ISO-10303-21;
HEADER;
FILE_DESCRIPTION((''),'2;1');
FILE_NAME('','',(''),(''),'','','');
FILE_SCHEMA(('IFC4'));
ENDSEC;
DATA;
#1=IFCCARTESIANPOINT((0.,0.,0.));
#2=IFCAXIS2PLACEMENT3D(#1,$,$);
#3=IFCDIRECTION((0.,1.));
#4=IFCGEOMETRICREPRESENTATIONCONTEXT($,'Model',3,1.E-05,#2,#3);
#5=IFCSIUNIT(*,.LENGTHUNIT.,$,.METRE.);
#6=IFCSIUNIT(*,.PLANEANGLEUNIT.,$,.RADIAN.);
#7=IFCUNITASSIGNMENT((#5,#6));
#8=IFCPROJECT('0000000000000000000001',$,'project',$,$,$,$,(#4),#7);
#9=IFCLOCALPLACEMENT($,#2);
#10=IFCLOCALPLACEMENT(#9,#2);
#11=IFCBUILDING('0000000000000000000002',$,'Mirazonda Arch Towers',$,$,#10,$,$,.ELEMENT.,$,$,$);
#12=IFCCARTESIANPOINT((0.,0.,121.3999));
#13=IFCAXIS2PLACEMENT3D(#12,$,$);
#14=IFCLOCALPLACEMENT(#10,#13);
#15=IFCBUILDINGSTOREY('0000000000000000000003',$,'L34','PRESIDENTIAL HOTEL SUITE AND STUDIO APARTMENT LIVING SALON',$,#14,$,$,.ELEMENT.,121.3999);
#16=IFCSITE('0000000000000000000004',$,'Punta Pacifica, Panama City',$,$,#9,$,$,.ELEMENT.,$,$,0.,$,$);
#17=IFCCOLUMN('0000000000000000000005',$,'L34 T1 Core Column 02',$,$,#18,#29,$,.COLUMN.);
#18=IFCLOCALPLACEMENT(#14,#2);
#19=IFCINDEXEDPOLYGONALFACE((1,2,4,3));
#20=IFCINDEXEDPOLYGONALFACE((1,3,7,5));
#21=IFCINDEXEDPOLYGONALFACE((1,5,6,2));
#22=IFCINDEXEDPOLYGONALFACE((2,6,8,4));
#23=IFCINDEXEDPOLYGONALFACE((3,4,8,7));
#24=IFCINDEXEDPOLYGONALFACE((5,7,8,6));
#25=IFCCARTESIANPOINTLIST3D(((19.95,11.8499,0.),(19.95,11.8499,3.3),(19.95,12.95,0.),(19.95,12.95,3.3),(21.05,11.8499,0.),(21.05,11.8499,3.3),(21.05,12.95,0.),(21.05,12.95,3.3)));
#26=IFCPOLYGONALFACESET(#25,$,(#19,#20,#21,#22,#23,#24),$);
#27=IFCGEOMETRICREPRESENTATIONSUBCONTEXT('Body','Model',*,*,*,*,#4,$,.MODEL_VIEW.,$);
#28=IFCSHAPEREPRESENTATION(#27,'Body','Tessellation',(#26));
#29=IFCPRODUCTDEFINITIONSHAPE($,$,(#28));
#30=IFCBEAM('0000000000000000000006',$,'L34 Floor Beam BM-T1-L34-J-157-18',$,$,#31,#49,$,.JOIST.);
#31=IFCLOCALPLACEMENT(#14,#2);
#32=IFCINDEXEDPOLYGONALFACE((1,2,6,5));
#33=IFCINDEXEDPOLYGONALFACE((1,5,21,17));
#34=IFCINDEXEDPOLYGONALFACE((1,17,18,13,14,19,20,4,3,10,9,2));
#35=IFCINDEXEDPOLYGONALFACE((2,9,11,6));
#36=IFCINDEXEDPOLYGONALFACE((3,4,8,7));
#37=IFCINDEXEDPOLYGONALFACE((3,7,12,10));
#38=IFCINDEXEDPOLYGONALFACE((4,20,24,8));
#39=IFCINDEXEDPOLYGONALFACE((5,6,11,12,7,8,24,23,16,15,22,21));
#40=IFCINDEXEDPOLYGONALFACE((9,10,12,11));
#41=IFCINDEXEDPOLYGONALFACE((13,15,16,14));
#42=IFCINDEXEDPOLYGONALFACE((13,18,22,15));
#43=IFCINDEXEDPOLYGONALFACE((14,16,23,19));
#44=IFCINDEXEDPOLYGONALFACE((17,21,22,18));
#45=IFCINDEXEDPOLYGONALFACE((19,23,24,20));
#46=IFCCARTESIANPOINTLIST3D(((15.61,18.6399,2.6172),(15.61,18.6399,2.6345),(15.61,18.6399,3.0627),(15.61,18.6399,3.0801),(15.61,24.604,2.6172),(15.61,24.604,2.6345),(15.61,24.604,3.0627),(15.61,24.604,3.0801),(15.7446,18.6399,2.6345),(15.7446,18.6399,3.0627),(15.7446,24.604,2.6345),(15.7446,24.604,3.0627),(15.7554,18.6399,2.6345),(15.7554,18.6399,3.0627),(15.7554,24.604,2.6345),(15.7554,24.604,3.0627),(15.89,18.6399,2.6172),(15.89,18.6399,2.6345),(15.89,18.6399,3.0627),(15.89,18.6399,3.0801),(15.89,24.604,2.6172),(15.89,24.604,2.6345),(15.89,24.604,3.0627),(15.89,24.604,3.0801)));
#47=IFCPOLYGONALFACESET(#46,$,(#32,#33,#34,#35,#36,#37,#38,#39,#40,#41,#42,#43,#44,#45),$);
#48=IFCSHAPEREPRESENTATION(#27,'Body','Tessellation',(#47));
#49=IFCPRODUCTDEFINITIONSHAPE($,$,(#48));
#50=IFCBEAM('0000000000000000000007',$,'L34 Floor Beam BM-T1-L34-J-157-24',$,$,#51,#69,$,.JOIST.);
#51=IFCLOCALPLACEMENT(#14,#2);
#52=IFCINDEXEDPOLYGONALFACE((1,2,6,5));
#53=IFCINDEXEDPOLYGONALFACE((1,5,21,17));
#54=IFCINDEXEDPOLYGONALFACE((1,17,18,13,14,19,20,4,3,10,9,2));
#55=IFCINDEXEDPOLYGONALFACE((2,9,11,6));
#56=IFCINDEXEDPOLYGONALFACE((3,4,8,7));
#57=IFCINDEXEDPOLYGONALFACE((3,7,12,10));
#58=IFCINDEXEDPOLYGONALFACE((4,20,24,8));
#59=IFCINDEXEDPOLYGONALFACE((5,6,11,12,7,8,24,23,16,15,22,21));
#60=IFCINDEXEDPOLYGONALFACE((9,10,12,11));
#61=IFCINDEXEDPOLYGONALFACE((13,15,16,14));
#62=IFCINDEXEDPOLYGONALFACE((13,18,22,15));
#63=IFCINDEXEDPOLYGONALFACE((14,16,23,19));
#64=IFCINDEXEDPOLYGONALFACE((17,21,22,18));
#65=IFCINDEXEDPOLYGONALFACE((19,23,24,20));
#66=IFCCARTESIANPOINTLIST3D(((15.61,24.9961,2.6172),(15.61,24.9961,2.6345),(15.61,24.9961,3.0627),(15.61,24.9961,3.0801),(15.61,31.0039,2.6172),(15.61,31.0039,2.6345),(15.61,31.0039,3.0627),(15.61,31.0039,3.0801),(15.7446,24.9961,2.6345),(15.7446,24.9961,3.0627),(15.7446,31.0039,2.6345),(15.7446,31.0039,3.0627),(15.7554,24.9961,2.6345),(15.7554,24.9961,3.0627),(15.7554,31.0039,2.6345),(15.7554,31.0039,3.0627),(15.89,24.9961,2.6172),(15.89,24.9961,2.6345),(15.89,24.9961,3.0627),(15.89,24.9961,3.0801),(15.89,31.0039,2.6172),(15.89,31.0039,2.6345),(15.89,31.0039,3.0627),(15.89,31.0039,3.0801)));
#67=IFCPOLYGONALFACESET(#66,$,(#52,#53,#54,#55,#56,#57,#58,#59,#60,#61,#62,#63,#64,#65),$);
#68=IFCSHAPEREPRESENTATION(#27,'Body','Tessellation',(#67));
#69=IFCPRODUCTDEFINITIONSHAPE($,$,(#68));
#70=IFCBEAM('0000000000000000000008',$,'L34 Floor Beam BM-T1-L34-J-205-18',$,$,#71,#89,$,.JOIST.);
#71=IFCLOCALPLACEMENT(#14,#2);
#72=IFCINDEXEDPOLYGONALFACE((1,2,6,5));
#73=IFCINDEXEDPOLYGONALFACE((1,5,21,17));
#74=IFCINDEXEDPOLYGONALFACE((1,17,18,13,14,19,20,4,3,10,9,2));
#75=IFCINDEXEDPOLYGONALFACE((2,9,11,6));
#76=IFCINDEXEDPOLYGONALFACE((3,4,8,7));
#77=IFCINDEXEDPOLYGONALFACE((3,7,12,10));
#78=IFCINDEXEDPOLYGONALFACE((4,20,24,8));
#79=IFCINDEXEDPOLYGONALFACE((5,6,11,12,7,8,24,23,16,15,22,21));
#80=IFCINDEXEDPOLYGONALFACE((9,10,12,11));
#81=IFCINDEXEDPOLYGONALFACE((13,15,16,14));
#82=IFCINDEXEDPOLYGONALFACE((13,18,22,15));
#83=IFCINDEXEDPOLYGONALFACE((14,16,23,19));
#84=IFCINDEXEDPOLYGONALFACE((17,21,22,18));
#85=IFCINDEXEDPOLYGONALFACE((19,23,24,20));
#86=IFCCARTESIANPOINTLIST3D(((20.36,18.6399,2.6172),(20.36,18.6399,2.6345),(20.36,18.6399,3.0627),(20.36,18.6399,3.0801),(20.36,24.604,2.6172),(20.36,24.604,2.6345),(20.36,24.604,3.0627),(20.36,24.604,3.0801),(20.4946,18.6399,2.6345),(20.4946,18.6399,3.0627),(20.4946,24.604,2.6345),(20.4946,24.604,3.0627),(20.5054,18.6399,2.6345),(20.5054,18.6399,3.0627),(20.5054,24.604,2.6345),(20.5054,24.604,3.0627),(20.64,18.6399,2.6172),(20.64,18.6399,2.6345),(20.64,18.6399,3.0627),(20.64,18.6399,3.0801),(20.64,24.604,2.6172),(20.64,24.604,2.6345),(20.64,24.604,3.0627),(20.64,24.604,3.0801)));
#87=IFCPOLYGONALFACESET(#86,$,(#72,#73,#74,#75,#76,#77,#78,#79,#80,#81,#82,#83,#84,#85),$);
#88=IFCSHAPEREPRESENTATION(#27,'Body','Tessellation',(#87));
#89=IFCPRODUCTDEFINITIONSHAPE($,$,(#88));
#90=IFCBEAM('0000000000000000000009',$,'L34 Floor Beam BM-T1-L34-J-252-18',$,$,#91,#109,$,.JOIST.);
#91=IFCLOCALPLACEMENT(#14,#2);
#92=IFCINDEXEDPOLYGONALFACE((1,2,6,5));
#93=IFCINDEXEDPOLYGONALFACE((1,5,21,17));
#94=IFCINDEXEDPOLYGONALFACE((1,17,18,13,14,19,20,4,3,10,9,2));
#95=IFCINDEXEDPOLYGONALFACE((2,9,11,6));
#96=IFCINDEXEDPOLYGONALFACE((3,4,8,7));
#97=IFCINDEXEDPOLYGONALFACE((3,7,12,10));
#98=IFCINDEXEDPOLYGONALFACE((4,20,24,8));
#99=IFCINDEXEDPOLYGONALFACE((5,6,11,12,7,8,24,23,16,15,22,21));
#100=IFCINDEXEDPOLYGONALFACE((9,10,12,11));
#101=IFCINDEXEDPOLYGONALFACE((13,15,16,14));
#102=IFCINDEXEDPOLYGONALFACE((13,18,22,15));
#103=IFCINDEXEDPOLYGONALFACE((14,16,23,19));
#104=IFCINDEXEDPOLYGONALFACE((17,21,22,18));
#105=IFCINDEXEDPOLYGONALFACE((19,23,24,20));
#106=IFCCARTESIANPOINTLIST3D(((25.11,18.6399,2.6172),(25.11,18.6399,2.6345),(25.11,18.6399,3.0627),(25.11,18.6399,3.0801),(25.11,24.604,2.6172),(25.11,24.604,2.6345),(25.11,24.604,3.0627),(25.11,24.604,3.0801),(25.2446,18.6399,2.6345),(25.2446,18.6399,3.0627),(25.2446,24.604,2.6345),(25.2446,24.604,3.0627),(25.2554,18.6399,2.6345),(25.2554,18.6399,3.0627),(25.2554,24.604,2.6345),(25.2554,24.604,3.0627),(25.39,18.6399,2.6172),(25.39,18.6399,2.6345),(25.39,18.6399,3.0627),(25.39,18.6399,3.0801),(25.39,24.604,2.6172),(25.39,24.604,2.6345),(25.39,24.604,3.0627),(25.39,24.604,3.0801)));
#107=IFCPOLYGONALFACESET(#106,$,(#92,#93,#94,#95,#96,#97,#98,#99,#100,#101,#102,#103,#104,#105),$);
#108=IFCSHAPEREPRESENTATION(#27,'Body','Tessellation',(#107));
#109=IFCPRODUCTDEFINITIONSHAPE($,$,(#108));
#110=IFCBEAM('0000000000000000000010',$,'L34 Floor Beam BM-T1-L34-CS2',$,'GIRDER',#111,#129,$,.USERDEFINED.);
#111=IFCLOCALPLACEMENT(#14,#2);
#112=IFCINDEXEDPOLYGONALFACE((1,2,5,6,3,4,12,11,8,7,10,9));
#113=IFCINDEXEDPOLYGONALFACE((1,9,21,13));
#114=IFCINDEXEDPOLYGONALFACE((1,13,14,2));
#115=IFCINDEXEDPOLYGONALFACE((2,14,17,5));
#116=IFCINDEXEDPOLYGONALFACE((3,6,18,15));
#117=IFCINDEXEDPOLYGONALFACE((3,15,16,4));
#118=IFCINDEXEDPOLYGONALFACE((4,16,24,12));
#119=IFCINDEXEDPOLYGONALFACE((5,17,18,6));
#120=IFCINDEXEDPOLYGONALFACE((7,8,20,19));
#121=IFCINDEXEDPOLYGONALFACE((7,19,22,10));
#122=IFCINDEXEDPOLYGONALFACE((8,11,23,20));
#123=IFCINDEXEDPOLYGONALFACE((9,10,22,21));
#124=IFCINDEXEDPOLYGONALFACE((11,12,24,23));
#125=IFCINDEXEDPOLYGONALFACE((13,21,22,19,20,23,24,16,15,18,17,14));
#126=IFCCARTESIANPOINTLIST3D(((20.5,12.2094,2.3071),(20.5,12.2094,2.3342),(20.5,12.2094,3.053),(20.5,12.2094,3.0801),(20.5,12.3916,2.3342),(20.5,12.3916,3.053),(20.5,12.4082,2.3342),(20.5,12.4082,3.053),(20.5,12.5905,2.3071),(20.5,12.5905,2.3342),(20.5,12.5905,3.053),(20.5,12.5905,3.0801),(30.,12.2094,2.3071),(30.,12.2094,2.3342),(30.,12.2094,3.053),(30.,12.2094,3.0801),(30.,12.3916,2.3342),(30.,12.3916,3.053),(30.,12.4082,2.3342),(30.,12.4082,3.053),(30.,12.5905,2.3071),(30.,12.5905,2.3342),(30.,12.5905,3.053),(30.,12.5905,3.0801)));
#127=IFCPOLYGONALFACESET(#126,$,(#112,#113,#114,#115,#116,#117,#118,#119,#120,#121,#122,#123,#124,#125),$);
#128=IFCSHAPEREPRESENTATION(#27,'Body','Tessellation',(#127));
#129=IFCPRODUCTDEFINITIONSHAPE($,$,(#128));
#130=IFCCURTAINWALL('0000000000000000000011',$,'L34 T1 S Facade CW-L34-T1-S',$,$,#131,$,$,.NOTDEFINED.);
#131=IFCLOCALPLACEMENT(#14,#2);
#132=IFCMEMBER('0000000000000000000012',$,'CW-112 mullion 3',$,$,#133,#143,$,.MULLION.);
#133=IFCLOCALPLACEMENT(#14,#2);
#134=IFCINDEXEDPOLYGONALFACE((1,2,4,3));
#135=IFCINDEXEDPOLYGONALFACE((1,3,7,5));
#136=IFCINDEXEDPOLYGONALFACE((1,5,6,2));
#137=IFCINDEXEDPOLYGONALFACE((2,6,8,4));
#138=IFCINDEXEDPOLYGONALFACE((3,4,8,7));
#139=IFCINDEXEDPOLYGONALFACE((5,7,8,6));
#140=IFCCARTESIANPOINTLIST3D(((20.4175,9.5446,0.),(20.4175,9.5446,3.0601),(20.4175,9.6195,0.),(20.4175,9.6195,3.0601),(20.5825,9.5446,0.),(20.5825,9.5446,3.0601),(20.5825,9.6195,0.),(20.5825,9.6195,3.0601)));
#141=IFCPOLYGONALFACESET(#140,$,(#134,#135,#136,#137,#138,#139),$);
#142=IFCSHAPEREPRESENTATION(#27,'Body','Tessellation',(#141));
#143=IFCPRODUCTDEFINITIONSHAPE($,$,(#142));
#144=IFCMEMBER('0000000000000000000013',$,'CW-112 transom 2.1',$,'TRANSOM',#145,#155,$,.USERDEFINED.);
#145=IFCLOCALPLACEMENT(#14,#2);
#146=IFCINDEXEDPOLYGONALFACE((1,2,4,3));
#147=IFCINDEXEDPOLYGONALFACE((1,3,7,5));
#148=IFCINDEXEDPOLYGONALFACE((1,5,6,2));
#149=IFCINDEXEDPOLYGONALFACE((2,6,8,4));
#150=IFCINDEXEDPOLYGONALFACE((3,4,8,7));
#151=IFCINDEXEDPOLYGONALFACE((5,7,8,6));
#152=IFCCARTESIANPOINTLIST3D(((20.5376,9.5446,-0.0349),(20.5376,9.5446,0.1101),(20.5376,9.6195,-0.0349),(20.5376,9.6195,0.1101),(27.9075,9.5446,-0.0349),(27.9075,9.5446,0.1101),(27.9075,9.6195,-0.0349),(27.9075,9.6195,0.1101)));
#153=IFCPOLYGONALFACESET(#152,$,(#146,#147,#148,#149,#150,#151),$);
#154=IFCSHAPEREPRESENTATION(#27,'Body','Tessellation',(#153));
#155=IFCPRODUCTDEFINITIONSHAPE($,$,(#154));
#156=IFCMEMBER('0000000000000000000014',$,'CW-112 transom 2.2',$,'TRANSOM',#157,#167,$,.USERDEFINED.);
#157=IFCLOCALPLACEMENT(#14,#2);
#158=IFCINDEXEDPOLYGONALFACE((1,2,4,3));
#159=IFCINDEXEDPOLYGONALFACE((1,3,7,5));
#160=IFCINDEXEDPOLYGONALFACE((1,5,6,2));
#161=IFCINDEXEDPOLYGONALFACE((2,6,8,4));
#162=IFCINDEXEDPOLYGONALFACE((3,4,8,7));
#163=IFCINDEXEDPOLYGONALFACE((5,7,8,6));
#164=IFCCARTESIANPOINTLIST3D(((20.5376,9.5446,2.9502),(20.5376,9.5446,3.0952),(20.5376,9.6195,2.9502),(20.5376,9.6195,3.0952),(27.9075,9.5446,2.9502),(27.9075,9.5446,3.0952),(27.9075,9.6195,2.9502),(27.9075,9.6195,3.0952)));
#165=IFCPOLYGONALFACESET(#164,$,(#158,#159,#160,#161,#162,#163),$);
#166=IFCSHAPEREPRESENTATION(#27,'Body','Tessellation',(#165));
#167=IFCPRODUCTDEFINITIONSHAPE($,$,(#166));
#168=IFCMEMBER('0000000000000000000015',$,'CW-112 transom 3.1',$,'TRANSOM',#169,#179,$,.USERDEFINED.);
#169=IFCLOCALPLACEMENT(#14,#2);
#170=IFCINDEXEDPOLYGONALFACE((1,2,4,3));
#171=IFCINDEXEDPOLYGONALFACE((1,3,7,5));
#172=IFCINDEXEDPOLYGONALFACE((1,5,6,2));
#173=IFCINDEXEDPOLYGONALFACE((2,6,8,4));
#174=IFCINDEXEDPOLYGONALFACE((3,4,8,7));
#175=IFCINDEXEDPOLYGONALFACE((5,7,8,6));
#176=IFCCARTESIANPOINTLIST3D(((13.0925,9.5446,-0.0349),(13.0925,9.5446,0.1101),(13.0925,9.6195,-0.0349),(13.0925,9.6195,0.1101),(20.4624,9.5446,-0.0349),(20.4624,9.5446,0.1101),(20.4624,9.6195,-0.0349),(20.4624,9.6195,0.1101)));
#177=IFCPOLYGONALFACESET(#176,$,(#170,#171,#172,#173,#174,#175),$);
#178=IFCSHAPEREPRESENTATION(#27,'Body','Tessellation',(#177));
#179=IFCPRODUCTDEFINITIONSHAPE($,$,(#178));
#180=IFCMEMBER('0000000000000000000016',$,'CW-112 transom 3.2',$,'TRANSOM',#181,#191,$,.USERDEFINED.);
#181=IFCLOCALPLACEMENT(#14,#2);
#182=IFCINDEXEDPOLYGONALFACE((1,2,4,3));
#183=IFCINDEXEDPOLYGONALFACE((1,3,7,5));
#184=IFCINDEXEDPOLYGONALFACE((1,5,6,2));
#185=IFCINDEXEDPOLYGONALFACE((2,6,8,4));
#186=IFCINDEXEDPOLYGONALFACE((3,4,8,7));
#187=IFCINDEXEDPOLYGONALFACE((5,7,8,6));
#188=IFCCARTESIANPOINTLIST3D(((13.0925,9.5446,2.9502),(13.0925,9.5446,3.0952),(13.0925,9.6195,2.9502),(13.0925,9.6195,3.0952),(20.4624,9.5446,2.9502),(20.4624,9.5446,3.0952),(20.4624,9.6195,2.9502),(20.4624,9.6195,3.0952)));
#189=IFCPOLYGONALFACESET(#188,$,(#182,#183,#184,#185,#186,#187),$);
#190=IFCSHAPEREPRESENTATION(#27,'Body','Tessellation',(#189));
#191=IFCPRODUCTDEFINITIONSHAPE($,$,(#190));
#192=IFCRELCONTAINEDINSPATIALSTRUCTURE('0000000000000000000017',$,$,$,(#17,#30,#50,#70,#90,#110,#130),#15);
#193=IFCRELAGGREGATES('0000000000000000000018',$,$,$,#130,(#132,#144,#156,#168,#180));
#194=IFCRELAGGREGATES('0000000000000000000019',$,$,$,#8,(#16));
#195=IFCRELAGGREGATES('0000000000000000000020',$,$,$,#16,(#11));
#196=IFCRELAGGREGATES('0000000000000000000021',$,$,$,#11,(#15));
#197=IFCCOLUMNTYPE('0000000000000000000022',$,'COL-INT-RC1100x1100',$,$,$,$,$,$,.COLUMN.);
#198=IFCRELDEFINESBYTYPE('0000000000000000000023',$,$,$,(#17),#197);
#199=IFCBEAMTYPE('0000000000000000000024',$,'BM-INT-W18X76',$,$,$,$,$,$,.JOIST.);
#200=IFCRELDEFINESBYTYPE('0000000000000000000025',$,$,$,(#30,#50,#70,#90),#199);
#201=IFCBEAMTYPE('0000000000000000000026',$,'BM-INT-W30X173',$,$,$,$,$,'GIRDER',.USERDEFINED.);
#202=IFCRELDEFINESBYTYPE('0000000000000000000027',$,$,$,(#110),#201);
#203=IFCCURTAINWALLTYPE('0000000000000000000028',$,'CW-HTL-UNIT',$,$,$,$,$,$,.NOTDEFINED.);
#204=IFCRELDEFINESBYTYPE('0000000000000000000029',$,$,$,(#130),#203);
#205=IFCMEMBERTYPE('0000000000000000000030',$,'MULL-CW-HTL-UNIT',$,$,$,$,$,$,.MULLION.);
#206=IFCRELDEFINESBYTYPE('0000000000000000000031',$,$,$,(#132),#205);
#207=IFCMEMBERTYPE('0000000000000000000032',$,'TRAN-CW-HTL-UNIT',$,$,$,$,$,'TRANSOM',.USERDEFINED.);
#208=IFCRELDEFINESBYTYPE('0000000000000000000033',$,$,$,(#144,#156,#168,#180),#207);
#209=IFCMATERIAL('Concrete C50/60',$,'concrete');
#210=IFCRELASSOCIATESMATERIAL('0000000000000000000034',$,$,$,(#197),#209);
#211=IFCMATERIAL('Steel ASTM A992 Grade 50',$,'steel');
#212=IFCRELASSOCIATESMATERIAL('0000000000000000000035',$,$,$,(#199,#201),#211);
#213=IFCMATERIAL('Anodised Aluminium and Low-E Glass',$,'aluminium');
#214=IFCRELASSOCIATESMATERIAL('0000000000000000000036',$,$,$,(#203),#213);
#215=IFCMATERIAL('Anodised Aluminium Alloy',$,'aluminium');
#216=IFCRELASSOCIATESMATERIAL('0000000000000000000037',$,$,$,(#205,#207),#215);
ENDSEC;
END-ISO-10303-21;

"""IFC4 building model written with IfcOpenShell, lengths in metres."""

from ifc_helpers import new_model, si_unit, direction, frame, origin, origin_2d, place, context, subcontext, project, spatial, rectangle, i_section, extrude, material, material_profile, profile_set, type_object, element, aggregate, save


model = new_model("IFC4")

# Units and contexts
model_context = context("Model", 3, precision=1e-05, world=origin(), true_north=direction((0.0, 1.0)))
body_context = subcontext(model_context, "Body", "Model", "MODEL_VIEW")
ifc_project = project(units=[si_unit("LENGTHUNIT", "METRE"), si_unit("PLANEANGLEUNIT", "RADIAN")], contexts=[model_context])

# Site, building, storey
site_placement = place(None, origin())
site = spatial("IfcSite", under=ifc_project, at=site_placement, Name="Punta Pacifica, Panama City", CompositionType="ELEMENT", RefElevation=0.0)
building_placement = place(site_placement, origin())
building = spatial("IfcBuilding", under=site, at=building_placement, Name="Mirazonda Arch Towers", CompositionType="ELEMENT")
storey_placement = place(building_placement, frame((0.0, 0.0, 121.3999)))
storey = spatial("IfcBuildingStorey", under=building, at=storey_placement, Name="L34", Description="PRESIDENTIAL HOTEL SUITE AND STUDIO APARTMENT LIVING SALON", CompositionType="ELEMENT", Elevation=121.3999)

# Column
ifc_material_1 = material(Name="Concrete C50/60", Category="concrete")
ifc_material_profile_1 = material_profile(ifc_material_1, rectangle(XDim=1.1001, YDim=1.1001, at=origin_2d()), Name="RC1100x1100")
ifc_profile_set_1 = profile_set([ifc_material_profile_1], Name="Concrete C50/60")
column_type = type_object("IfcColumnType", Name="COL-INT-RC1100x1100", PredefinedType="COLUMN", material=ifc_profile_set_1)
column_placement = place(storey_placement, frame((20.5, 12.3999, 0.0), z_axis=(0.0, 0.0, 1.0), x_axis=(1.0, 0.0, 0.0)))
element("IfcColumn", 1, at=column_placement, inside=storey, type_object=column_type, Name="L34 T1 Core Column 02", PredefinedType="COLUMN", context=body_context, shape_type="SweptSolid", body=[
    extrude(rectangle(XDim=1.1001, YDim=1.1001, at=origin_2d()), origin(), (0.0, 0.0, 1.0), 3.3),
])

# Beams
ifc_material_2 = material(Name="Steel ASTM A992 Grade 50", Category="steel")
ifc_material_profile_2 = material_profile(ifc_material_2, i_section(OverallWidth=0.28, OverallDepth=0.4629, WebThickness=0.0107, FlangeThickness=0.0173, at=origin_2d()), Name="W18X76")
ifc_profile_set_2 = profile_set([ifc_material_profile_2], Name="Steel ASTM A992 Grade 50")
beam_type_1 = type_object("IfcBeamType", Name="BM-INT-W18X76", PredefinedType="JOIST", material=ifc_profile_set_2)
beam_1_placement = place(storey_placement, frame((15.75, 18.6399, 2.8486), z_axis=(0.0, 1.0, 0.0), x_axis=(-1.0, 0.0, 0.0)))
element("IfcBeam", 2, at=beam_1_placement, inside=storey, type_object=beam_type_1, Name="L34 Floor Beam BM-T1-L34-J-157-18", PredefinedType="JOIST", context=body_context, shape_type="SweptSolid", body=[
    extrude(i_section(OverallWidth=0.28, OverallDepth=0.4629, WebThickness=0.0107, FlangeThickness=0.0173, at=origin_2d()), origin(), (0.0, 0.0, 1.0), 5.9641),
])
beam_2_placement = place(storey_placement, frame((15.75, 24.9961, 2.8486), z_axis=(0.0, 1.0, 0.0), x_axis=(-1.0, 0.0, 0.0)))
element("IfcBeam", 3, at=beam_2_placement, inside=storey, type_object=beam_type_1, Name="L34 Floor Beam BM-T1-L34-J-157-24", PredefinedType="JOIST", context=body_context, shape_type="SweptSolid", body=[
    extrude(i_section(OverallWidth=0.28, OverallDepth=0.4629, WebThickness=0.0107, FlangeThickness=0.0173, at=origin_2d()), origin(), (0.0, 0.0, 1.0), 6.0078),
])
for number, where, z_axis, x_axis, name in (
    (4, (20.5, 18.6399, 2.8486), (0.0, 1.0, 0.0), (-1.0, 0.0, 0.0), "L34 Floor Beam BM-T1-L34-J-205-18"),
    (5, (25.25, 18.6399, 2.8486), (0.0, 1.0, 0.0), (-1.0, 0.0, 0.0), "L34 Floor Beam BM-T1-L34-J-252-18"),
):
    element("IfcBeam", number, at=place(storey_placement, frame(where, z_axis=z_axis, x_axis=x_axis)), inside=storey, type_object=beam_type_1, Name=name, PredefinedType="JOIST", context=body_context, shape_type="SweptSolid", body=[
        extrude(i_section(OverallWidth=0.28, OverallDepth=0.4629, WebThickness=0.0107, FlangeThickness=0.0173, at=origin_2d()), origin(), (0.0, 0.0, 1.0), 5.9641),
    ])
ifc_material_profile_3 = material_profile(ifc_material_2, i_section(OverallWidth=0.3811, OverallDepth=0.7729, WebThickness=0.0166, FlangeThickness=0.0271, at=origin_2d()), Name="W30X173")
ifc_profile_set_3 = profile_set([ifc_material_profile_3], Name="Steel ASTM A992 Grade 50")
beam_type_2 = type_object("IfcBeamType", Name="BM-INT-W30X173", ElementType="GIRDER", PredefinedType="USERDEFINED", material=ifc_profile_set_3)
beam_3_placement = place(storey_placement, frame((20.5, 12.3999, 2.6936), z_axis=(1.0, 0.0, 0.0), x_axis=(0.0, 1.0, 0.0)))
element("IfcBeam", 6, at=beam_3_placement, inside=storey, type_object=beam_type_2, Name="L34 Floor Beam BM-T1-L34-CS2", ObjectType="GIRDER", PredefinedType="USERDEFINED", context=body_context, shape_type="SweptSolid", body=[
    extrude(i_section(OverallWidth=0.3811, OverallDepth=0.7729, WebThickness=0.0166, FlangeThickness=0.0271, at=origin_2d()), origin(), (0.0, 0.0, 1.0), 9.5),
])

# Curtain wall, members
ifc_material_3 = material(Name="Anodised Aluminium and Low-E Glass", Category="aluminium")
curtain_wall_type = type_object("IfcCurtainWallType", Name="CW-HTL-UNIT", PredefinedType="NOTDEFINED", material=ifc_material_3)
curtain_wall_placement = place(storey_placement, origin())
curtain_wall = element("IfcCurtainWall", 7, at=curtain_wall_placement, inside=storey, type_object=curtain_wall_type, Name="L34 T1 S Facade CW-L34-T1-S", PredefinedType="NOTDEFINED")
ifc_material_4 = material(Name="Anodised Aluminium Alloy", Category="aluminium")
ifc_material_profile_4 = material_profile(ifc_material_4, rectangle(XDim=0.075, YDim=0.165, at=origin_2d()), Name="ALU-MULL-75x165")
ifc_profile_set_4 = profile_set([ifc_material_profile_4], Name="Anodised Aluminium Alloy")
member_type_1 = type_object("IfcMemberType", Name="MULL-CW-HTL-UNIT", PredefinedType="MULLION", material=ifc_profile_set_4)
member_1_placement = place(storey_placement, frame((20.5, 9.582, 0.0), z_axis=(0.0, 0.0, 1.0), x_axis=(0.0, -1.0, 0.0)))
member_1 = element("IfcMember", 8, at=member_1_placement, type_object=member_type_1, Name="CW-112 mullion 3", PredefinedType="MULLION", context=body_context, shape_type="SweptSolid", body=[
    extrude(rectangle(XDim=0.075, YDim=0.165, at=origin_2d()), origin(), (0.0, 0.0, 1.0), 3.0601),
])
ifc_material_profile_5 = material_profile(ifc_material_4, rectangle(XDim=0.075, YDim=0.145, at=origin_2d()), Name="ALU-TRAN-75x145")
ifc_profile_set_5 = profile_set([ifc_material_profile_5], Name="Anodised Aluminium Alloy")
member_type_2 = type_object("IfcMemberType", Name="TRAN-CW-HTL-UNIT", ElementType="TRANSOM", PredefinedType="USERDEFINED", material=ifc_profile_set_5)
member_2_placement = place(storey_placement, frame((27.9075, 9.582, 0.0376), z_axis=(-1.0, 0.0, 0.0), x_axis=(0.0, -1.0, 0.0)))
member_2 = element("IfcMember", 9, at=member_2_placement, type_object=member_type_2, Name="CW-112 transom 2.1", ObjectType="TRANSOM", PredefinedType="USERDEFINED", context=body_context, shape_type="SweptSolid", body=[
    extrude(rectangle(XDim=0.075, YDim=0.145, at=origin_2d()), origin(), (0.0, 0.0, 1.0), 7.3699),
])
member_3_placement = place(storey_placement, frame((27.9075, 9.582, 3.0227), z_axis=(-1.0, 0.0, 0.0), x_axis=(0.0, -1.0, 0.0)))
member_3 = element("IfcMember", 10, at=member_3_placement, type_object=member_type_2, Name="CW-112 transom 2.2", ObjectType="TRANSOM", PredefinedType="USERDEFINED", context=body_context, shape_type="SweptSolid", body=[
    extrude(rectangle(XDim=0.075, YDim=0.145, at=origin_2d()), origin(), (0.0, 0.0, 1.0), 7.3699),
])
member_4_placement = place(storey_placement, frame((20.4624, 9.582, 0.0376), z_axis=(-1.0, 0.0, 0.0), x_axis=(0.0, -1.0, 0.0)))
member_4 = element("IfcMember", 11, at=member_4_placement, type_object=member_type_2, Name="CW-112 transom 3.1", ObjectType="TRANSOM", PredefinedType="USERDEFINED", context=body_context, shape_type="SweptSolid", body=[
    extrude(rectangle(XDim=0.075, YDim=0.145, at=origin_2d()), origin(), (0.0, 0.0, 1.0), 7.3699),
])
member_5_placement = place(storey_placement, frame((20.4624, 9.582, 3.0227), z_axis=(-1.0, 0.0, 0.0), x_axis=(0.0, -1.0, 0.0)))
member_5 = element("IfcMember", 12, at=member_5_placement, type_object=member_type_2, Name="CW-112 transom 3.2", ObjectType="TRANSOM", PredefinedType="USERDEFINED", context=body_context, shape_type="SweptSolid", body=[
    extrude(rectangle(XDim=0.075, YDim=0.145, at=origin_2d()), origin(), (0.0, 0.0, 1.0), 7.3699),
])
aggregate(curtain_wall, [member_1, member_2, member_3, member_4, member_5])

save(model, "model.ifc")
